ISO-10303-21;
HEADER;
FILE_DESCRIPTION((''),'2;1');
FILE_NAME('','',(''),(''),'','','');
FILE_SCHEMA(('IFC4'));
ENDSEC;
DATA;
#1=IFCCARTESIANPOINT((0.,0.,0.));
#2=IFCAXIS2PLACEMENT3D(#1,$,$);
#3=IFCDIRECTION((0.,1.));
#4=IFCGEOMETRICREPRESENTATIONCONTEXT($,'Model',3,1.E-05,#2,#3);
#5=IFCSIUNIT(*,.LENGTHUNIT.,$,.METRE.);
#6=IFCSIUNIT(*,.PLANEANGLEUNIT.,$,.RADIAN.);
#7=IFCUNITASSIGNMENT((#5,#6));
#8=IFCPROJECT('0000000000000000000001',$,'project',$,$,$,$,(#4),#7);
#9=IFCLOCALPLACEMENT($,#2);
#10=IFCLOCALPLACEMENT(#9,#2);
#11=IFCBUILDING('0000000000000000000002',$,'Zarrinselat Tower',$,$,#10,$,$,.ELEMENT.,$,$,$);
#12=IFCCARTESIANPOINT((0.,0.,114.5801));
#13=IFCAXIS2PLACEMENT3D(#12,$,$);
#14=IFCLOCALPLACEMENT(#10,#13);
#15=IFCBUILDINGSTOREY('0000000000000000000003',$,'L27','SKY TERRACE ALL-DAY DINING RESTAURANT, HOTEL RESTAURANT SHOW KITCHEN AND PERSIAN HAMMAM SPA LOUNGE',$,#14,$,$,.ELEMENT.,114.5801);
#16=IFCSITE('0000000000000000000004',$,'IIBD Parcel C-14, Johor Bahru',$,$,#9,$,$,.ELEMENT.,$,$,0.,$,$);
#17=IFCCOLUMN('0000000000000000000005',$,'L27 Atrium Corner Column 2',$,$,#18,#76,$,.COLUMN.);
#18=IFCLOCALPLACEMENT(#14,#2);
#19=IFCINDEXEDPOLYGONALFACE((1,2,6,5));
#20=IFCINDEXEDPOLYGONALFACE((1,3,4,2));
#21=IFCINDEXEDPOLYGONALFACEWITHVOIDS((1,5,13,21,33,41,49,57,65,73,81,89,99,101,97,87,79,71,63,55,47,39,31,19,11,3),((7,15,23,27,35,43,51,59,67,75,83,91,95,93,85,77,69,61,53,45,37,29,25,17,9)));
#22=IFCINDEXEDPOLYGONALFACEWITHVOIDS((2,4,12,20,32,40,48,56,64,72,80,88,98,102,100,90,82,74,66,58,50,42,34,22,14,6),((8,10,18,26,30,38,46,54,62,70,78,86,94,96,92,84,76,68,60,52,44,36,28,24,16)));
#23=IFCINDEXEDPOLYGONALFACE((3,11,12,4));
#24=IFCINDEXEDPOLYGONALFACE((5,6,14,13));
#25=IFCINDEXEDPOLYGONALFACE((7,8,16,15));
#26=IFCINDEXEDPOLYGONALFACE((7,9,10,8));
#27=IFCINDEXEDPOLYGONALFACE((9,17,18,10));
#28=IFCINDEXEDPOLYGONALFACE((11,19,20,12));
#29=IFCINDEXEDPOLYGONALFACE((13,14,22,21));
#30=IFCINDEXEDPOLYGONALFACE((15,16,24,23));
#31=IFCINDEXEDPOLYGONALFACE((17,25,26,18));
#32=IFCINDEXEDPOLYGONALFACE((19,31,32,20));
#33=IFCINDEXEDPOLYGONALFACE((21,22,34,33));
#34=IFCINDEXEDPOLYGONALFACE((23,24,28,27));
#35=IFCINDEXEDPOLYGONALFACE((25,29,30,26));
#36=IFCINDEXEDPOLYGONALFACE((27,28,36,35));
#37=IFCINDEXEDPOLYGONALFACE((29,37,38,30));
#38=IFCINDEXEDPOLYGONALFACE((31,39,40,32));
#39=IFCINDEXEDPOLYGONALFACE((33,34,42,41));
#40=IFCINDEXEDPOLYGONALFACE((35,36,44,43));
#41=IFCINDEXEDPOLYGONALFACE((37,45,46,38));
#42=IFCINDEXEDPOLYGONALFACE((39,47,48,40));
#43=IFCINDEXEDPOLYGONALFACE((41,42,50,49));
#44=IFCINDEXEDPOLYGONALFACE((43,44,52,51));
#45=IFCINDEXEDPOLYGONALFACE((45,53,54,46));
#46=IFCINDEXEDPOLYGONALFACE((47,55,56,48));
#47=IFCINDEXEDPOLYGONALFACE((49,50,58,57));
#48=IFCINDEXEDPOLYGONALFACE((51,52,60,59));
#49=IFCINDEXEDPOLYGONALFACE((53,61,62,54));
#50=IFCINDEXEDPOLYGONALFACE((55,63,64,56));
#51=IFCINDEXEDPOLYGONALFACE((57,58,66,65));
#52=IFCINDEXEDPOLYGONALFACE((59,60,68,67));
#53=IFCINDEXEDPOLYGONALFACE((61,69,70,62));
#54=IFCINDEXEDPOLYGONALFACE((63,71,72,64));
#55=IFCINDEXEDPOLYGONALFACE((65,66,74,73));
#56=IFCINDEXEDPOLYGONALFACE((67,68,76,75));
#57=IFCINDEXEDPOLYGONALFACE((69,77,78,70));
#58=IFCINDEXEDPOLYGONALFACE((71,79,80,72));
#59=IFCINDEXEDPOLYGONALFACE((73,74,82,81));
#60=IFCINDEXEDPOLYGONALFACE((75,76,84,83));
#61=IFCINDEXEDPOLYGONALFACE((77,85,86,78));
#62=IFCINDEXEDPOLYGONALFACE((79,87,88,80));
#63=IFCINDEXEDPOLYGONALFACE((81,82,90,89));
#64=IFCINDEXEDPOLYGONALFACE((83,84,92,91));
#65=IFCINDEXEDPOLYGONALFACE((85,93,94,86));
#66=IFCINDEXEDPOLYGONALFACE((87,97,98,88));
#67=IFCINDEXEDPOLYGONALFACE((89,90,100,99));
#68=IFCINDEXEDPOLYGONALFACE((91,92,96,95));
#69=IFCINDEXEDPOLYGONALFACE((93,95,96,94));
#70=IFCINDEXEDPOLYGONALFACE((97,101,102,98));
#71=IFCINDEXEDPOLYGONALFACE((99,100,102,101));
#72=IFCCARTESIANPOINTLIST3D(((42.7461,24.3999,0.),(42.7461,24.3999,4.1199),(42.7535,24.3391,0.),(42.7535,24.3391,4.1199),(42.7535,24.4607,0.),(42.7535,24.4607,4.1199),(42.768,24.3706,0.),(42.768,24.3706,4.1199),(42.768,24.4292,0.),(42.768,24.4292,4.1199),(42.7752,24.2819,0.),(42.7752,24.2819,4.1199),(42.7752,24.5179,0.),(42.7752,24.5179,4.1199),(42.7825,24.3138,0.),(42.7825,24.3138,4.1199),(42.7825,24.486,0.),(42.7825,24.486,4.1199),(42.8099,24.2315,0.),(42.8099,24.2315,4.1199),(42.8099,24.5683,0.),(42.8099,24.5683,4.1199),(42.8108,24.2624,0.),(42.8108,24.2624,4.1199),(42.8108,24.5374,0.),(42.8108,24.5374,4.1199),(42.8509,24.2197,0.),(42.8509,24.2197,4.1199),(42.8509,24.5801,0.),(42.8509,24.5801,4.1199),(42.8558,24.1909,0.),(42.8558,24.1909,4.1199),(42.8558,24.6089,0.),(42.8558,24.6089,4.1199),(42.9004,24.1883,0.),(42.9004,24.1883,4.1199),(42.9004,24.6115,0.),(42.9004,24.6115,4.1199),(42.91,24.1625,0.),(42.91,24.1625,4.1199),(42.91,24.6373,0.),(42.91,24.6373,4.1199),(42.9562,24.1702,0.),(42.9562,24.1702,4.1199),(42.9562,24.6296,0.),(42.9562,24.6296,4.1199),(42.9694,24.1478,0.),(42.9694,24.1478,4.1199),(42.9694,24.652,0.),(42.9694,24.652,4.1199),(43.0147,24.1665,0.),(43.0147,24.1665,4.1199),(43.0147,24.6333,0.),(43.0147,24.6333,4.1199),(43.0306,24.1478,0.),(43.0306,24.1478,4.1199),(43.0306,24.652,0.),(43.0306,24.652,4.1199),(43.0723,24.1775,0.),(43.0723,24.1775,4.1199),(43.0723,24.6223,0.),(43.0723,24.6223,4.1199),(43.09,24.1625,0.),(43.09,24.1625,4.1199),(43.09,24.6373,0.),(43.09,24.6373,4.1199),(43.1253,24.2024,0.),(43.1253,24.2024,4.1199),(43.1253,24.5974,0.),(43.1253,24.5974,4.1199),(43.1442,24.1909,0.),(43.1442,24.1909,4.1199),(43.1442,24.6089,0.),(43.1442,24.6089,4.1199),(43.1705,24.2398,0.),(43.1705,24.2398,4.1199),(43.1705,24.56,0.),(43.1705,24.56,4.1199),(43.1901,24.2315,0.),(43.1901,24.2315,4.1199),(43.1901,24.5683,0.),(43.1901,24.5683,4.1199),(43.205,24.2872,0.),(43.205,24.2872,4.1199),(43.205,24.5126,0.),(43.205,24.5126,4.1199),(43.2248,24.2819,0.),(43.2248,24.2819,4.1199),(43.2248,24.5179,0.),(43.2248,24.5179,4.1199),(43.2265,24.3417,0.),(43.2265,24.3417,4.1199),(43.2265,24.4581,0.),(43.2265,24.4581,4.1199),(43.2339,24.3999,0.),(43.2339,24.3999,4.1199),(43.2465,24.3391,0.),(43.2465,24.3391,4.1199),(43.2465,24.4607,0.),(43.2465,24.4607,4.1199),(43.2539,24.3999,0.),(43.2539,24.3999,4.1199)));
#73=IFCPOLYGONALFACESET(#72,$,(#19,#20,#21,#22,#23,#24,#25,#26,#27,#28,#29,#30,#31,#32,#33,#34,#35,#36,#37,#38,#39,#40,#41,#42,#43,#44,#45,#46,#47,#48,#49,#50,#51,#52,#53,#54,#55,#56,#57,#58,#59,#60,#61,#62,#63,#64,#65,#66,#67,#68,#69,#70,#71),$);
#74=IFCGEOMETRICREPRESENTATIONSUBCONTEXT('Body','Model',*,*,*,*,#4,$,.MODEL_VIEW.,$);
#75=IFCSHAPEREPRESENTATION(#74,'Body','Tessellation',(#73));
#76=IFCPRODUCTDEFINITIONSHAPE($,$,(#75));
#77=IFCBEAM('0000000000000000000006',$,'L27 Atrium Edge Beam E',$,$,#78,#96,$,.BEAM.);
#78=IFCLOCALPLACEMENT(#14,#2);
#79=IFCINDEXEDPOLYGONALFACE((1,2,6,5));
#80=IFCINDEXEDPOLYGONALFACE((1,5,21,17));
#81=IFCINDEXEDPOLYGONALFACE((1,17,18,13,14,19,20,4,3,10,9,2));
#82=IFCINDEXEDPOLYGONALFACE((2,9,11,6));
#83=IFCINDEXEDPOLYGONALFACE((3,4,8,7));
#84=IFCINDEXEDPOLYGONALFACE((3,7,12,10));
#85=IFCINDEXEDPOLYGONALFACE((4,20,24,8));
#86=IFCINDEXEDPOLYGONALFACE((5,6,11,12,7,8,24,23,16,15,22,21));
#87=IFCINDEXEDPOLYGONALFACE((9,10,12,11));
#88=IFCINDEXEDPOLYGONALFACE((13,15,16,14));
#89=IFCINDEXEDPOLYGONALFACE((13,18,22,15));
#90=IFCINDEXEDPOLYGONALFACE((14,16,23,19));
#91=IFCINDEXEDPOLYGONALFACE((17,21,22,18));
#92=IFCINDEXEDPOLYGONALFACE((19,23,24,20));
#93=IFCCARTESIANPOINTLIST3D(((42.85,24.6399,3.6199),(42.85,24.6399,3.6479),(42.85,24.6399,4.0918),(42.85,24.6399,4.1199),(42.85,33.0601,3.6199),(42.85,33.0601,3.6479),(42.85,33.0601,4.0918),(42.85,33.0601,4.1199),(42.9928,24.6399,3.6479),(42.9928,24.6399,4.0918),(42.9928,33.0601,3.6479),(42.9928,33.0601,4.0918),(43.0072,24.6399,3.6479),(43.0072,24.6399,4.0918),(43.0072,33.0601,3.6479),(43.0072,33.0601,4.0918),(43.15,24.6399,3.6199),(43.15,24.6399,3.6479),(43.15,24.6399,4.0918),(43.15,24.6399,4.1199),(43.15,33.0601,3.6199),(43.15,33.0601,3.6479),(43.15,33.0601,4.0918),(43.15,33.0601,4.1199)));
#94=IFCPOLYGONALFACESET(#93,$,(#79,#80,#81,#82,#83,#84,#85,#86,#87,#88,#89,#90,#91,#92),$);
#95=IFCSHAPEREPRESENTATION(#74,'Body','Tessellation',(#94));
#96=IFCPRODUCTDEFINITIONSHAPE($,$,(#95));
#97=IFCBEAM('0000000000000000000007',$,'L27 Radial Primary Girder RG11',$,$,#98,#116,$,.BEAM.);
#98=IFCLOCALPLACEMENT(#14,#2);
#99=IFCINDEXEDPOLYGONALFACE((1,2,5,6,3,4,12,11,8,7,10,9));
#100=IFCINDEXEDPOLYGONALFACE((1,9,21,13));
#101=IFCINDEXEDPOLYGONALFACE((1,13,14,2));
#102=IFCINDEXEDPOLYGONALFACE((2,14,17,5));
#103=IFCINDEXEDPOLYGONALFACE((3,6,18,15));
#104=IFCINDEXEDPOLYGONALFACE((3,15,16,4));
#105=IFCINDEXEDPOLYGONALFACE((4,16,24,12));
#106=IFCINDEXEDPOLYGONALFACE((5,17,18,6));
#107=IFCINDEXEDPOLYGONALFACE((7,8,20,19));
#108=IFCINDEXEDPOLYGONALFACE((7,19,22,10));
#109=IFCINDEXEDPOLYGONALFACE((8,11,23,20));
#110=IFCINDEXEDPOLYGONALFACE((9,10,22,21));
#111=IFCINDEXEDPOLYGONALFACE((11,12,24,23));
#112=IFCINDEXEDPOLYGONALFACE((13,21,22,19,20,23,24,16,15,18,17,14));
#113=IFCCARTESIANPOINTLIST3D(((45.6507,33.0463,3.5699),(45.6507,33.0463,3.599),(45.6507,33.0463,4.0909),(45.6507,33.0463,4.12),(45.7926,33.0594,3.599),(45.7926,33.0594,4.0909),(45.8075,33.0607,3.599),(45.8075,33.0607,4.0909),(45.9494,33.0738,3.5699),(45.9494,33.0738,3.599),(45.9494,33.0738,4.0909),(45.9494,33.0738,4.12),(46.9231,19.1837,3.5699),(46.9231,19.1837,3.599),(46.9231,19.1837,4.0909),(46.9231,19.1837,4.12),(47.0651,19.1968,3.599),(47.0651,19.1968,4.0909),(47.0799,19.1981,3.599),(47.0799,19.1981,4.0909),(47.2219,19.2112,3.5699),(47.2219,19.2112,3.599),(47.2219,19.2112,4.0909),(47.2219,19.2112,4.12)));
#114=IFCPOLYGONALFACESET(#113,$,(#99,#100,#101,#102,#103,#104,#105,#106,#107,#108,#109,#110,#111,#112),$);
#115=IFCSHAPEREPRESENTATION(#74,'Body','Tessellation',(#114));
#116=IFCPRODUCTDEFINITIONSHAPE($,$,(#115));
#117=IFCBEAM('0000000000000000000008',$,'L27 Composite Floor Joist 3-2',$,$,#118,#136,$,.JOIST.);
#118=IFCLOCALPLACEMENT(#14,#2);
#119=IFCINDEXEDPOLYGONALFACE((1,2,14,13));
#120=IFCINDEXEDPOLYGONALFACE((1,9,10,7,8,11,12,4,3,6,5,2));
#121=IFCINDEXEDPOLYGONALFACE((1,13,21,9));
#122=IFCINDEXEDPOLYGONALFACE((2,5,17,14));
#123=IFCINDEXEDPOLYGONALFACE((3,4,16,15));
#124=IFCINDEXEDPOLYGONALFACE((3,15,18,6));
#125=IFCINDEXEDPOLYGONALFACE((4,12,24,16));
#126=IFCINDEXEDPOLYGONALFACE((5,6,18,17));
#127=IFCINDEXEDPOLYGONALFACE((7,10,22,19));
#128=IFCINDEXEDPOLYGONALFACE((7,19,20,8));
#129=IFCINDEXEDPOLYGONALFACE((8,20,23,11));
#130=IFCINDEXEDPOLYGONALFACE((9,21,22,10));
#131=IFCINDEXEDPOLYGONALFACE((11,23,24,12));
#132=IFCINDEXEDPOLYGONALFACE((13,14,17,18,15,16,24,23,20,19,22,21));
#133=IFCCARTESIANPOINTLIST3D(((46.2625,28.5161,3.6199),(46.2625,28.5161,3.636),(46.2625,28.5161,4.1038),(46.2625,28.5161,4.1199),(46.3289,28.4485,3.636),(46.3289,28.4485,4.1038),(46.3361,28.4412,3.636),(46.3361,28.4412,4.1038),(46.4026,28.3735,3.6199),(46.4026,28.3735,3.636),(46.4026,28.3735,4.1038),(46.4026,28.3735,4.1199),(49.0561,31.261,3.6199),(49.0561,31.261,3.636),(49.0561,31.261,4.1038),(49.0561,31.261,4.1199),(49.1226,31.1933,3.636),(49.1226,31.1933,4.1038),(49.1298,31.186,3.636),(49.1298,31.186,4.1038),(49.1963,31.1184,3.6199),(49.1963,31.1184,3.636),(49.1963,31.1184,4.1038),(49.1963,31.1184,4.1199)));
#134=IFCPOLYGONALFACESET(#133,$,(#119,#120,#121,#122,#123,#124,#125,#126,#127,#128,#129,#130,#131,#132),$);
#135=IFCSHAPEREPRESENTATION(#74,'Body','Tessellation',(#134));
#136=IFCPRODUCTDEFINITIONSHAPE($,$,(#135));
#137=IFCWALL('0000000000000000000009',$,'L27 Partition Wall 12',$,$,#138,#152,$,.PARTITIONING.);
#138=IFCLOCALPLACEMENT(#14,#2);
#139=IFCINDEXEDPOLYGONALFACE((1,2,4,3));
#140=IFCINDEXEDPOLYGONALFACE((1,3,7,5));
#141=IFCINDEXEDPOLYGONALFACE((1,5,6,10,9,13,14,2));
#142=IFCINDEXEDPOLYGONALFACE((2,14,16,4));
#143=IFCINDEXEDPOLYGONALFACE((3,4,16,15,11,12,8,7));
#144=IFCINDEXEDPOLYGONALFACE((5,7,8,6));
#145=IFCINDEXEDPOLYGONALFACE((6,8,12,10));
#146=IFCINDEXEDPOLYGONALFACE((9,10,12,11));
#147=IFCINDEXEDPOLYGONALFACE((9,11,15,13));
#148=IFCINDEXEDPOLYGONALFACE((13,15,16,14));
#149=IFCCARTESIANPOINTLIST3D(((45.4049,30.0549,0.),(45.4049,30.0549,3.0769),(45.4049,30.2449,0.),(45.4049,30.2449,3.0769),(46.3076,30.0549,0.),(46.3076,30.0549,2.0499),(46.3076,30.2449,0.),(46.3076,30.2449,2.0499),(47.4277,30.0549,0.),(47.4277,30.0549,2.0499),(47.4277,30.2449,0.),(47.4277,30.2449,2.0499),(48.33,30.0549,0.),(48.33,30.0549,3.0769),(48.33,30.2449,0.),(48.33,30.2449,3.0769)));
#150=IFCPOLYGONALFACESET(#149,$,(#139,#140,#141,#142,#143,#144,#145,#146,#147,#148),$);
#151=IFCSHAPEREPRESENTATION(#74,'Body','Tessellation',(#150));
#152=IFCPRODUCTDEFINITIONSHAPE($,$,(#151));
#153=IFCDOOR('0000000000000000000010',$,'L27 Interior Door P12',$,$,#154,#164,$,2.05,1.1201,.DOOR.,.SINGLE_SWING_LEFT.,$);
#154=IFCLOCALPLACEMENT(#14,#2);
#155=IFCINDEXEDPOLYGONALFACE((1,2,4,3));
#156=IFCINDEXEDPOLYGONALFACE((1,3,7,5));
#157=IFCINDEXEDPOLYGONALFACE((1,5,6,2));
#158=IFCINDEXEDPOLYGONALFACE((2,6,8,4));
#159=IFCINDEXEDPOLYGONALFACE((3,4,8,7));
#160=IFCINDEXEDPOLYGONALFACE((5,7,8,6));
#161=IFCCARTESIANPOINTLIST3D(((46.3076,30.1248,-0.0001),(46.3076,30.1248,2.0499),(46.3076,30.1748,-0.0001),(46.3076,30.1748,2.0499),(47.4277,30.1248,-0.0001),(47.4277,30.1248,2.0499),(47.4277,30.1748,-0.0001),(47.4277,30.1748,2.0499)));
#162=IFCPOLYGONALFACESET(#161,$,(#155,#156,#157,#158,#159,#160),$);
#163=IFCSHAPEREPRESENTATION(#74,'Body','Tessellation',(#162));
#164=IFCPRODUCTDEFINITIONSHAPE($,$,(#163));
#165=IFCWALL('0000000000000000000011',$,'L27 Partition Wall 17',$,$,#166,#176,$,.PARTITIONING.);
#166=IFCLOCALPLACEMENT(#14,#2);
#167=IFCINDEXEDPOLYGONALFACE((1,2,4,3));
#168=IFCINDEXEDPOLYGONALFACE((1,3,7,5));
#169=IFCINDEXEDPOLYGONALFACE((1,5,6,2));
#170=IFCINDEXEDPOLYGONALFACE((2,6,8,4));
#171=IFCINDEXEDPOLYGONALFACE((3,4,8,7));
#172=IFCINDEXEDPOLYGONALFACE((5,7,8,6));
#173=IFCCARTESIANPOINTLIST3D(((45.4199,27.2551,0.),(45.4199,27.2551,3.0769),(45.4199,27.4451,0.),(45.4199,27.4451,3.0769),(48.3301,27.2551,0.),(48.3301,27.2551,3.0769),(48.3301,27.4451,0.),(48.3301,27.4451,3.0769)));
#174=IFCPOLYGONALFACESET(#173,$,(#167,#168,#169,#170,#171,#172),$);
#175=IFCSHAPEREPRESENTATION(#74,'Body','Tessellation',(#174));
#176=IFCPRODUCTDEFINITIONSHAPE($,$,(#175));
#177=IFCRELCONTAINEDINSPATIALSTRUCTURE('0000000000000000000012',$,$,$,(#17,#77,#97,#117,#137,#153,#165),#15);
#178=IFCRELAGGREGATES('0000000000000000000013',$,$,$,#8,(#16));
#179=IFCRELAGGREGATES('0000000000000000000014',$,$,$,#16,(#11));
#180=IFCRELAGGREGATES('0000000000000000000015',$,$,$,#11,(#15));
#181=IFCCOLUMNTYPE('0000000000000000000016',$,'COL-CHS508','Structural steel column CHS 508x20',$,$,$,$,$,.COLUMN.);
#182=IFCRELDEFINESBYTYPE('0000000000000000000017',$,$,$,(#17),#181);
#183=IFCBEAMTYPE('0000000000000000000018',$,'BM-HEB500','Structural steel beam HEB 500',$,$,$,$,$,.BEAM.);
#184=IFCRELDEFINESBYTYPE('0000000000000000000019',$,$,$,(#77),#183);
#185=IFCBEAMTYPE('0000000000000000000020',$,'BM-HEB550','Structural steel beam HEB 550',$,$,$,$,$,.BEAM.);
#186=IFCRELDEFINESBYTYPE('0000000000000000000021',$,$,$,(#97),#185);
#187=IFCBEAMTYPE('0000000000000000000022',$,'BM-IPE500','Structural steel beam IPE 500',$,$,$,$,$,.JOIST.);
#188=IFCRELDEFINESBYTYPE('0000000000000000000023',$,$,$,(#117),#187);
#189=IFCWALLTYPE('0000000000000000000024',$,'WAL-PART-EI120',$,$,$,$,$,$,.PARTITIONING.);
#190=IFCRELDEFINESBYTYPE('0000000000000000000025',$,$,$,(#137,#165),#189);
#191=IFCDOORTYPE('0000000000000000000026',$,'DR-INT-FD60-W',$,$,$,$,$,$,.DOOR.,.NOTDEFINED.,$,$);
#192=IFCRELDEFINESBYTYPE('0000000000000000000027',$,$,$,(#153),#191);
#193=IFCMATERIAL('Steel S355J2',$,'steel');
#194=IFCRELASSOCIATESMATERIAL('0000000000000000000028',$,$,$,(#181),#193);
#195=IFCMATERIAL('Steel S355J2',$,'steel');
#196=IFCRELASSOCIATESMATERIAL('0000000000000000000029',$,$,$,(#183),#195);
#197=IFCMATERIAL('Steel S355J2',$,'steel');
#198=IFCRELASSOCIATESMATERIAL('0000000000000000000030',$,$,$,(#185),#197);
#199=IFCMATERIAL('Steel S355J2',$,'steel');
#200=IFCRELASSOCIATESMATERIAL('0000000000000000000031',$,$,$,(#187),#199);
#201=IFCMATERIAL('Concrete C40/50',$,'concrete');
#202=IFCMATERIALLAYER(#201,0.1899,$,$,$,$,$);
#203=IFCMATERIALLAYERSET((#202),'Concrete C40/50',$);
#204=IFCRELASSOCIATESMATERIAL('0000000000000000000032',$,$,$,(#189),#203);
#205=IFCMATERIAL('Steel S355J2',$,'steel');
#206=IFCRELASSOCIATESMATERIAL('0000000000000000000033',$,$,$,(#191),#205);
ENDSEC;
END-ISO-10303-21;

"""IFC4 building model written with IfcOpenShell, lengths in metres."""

from ifc_helpers import new_model, si_unit, direction, frame, frame_2d, origin, origin_2d, place, context, subcontext, project, spatial, rectangle, hollow_circle, i_section, extrude, material, layer, layer_set, material_profile, profile_set, type_object, element, fill, save


model = new_model("IFC4")

# Units and contexts
model_context = context("Model", 3, precision=1e-05, world=origin(), true_north=direction((0.0, 1.0)))
body_context = subcontext(model_context, "Body", "Model", "MODEL_VIEW")
ifc_project = project(units=[si_unit("LENGTHUNIT", "METRE"), si_unit("PLANEANGLEUNIT", "RADIAN")], contexts=[model_context])

# Site, building, storey
site_placement = place(None, origin())
site = spatial("IfcSite", under=ifc_project, at=site_placement, Name="IIBD Parcel C-14, Johor Bahru", CompositionType="ELEMENT", RefElevation=0.0)
building_placement = place(site_placement, origin())
building = spatial("IfcBuilding", under=site, at=building_placement, Name="Zarrinselat Tower", CompositionType="ELEMENT")
storey_placement = place(building_placement, frame((0.0, 0.0, 114.5801)))
storey = spatial("IfcBuildingStorey", under=building, at=storey_placement, Name="L27", Description="SKY TERRACE ALL-DAY DINING RESTAURANT, HOTEL RESTAURANT SHOW KITCHEN AND PERSIAN HAMMAM SPA LOUNGE", CompositionType="ELEMENT", Elevation=114.5801)

# Column
ifc_material_1 = material(Name="Steel S355J2", Category="steel")
ifc_material_profile_1 = material_profile(ifc_material_1, hollow_circle(Radius=0.2539, WallThickness=0.02, at=origin_2d()), Name="CHS 508x20")
ifc_profile_set_1 = profile_set([ifc_material_profile_1], Name="Steel S355J2")
column_type = type_object("IfcColumnType", Name="COL-CHS508", Description="Structural steel column CHS 508x20", PredefinedType="COLUMN", material=ifc_profile_set_1)
column_placement = place(storey_placement, frame((43.0, 24.3999, 0.0), z_axis=(0.0, 0.0, 1.0), x_axis=(1.0, 0.0, 0.0)))
element("IfcColumn", 1, at=column_placement, inside=storey, type_object=column_type, Name="L27 Atrium Corner Column 2", PredefinedType="COLUMN", context=body_context, shape_type="SweptSolid", body=[
    extrude(hollow_circle(Radius=0.2539, WallThickness=0.02, at=origin_2d()), origin(), (0.0, 0.0, 1.0), 4.1199),
])

# Beams
ifc_material_2 = material(Name="Steel S355J2", Category="steel")
ifc_material_profile_2 = material_profile(ifc_material_2, i_section(OverallWidth=0.3, OverallDepth=0.5, WebThickness=0.0144, FlangeThickness=0.0281, at=origin_2d()), Name="HEB 500")
ifc_profile_set_2 = profile_set([ifc_material_profile_2], Name="Steel S355J2")
beam_type_1 = type_object("IfcBeamType", Name="BM-HEB500", Description="Structural steel beam HEB 500", PredefinedType="BEAM", material=ifc_profile_set_2)
beam_1_placement = place(storey_placement, frame((43.0, 24.6399, 3.8699), z_axis=(0.0, 1.0, 0.0), x_axis=(-1.0, 0.0, 0.0)))
element("IfcBeam", 2, at=beam_1_placement, inside=storey, type_object=beam_type_1, Name="L27 Atrium Edge Beam E", PredefinedType="BEAM", context=body_context, shape_type="SweptSolid", body=[
    extrude(i_section(OverallWidth=0.3, OverallDepth=0.5, WebThickness=0.0144, FlangeThickness=0.0281, at=origin_2d()), origin(), (0.0, 0.0, 1.0), 8.4202),
])
ifc_material_3 = material(Name="Steel S355J2", Category="steel")
ifc_material_profile_3 = material_profile(ifc_material_3, i_section(OverallWidth=0.3, OverallDepth=0.55, WebThickness=0.0149, FlangeThickness=0.0291, at=origin_2d()), Name="HEB 550")
ifc_profile_set_3 = profile_set([ifc_material_profile_3], Name="Steel S355J2")
beam_type_2 = type_object("IfcBeamType", Name="BM-HEB550", Description="Structural steel beam HEB 550", PredefinedType="BEAM", material=ifc_profile_set_3)
beam_2_placement = place(storey_placement, frame((45.8, 33.0601, 3.845), z_axis=(0.091407, -0.995814, 0.0), x_axis=(0.995814, 0.091407, 0.0)))
element("IfcBeam", 3, at=beam_2_placement, inside=storey, type_object=beam_type_2, Name="L27 Radial Primary Girder RG11", PredefinedType="BEAM", context=body_context, shape_type="SweptSolid", body=[
    extrude(i_section(OverallWidth=0.3, OverallDepth=0.55, WebThickness=0.0149, FlangeThickness=0.0291, at=origin_2d()), origin(), (0.0, 0.0, 1.0), 13.9209),
])
ifc_material_4 = material(Name="Steel S355J2", Category="steel")
ifc_material_profile_4 = material_profile(ifc_material_4, i_section(OverallWidth=0.2, OverallDepth=0.5, WebThickness=0.0103, FlangeThickness=0.0161, at=origin_2d()), Name="IPE 500")
ifc_profile_set_4 = profile_set([ifc_material_profile_4], Name="Steel S355J2")
beam_type_3 = type_object("IfcBeamType", Name="BM-IPE500", Description="Structural steel beam IPE 500", PredefinedType="JOIST", material=ifc_profile_set_4)
beam_3_placement = place(storey_placement, frame((46.3325, 28.4448, 3.8699), z_axis=(0.713313, 0.700846, 0.0), x_axis=(-0.700846, 0.713313, 0.0)))
element("IfcBeam", 4, at=beam_3_placement, inside=storey, type_object=beam_type_3, Name="L27 Composite Floor Joist 3-2", PredefinedType="JOIST", context=body_context, shape_type="SweptSolid", body=[
    extrude(i_section(OverallWidth=0.2, OverallDepth=0.5, WebThickness=0.0103, FlangeThickness=0.0161, at=origin_2d()), origin(), (0.0, 0.0, 1.0), 3.9165),
])

# Wall, opening, door
ifc_material_5 = material(Name="Concrete C40/50", Category="concrete")
ifc_layer_1 = layer(ifc_material_5, 0.1899)
ifc_layer_set_1 = layer_set([ifc_layer_1], Name="Concrete C40/50")
wall_type_1 = type_object("IfcWallType", Name="WAL-PART-EI120", PredefinedType="PARTITIONING", material=ifc_layer_set_1)
wall_1_placement = place(storey_placement, frame((45.405, 30.1499, 0.0), z_axis=(0.0, 0.0, 1.0), x_axis=(1.0, 0.0, 0.0)))
wall_1 = element("IfcWall", 5, at=wall_1_placement, inside=storey, type_object=wall_type_1, Name="L27 Partition Wall 12", PredefinedType="PARTITIONING", context=body_context, shape_type="SweptSolid", body=[
    extrude(rectangle(XDim=2.925, YDim=0.1899, at=frame_2d((1.4624, 0.0))), origin(), (0.0, 0.0, 1.0), 3.0769),
])
opening_1_placement = place(wall_1_placement, frame((0.9026, 0.0, 0.0)))
opening_1 = element("IfcOpeningElement", 6, at=opening_1_placement, cuts=wall_1, PredefinedType="OPENING", context=body_context, shape_type="SweptSolid", body=[
    extrude(rectangle(XDim=1.1201, YDim=2.05, at=frame_2d((0.5601, 1.0249))), frame((0.0, 0.105, 0.0), z_axis=(0.0, -1.0, 0.0), x_axis=(1.0, 0.0, 0.0)), (0.0, 0.0, 1.0), 0.21),
])
ifc_material_6 = material(Name="Steel S355J2", Category="steel")
door_type_1 = type_object("IfcDoorType", Name="DR-INT-FD60-W", OperationType="NOTDEFINED", PredefinedType="DOOR", material=ifc_material_6)
door_1_placement = place(opening_1_placement, origin())
door_1 = element("IfcDoor", 7, at=door_1_placement, inside=storey, type_object=door_type_1, Name="L27 Interior Door P12", OperationType="SINGLE_SWING_LEFT", OverallHeight=2.05, OverallWidth=1.1201, PredefinedType="DOOR", context=body_context, shape_type="SweptSolid", body=[
    extrude(rectangle(XDim=1.1201, YDim=2.05, at=frame_2d((0.5601, 1.0249))), frame((0.0, 0.0249, 0.0), z_axis=(0.0, -1.0, 0.0), x_axis=(1.0, 0.0, 0.0)), (0.0, 0.0, 1.0), 0.05),
])
fill(opening_1, door_1)

# Wall
wall_2_placement = place(storey_placement, frame((45.4199, 27.3501, 0.0), z_axis=(0.0, 0.0, 1.0), x_axis=(1.0, 0.0, 0.0)))
element("IfcWall", 8, at=wall_2_placement, inside=storey, type_object=wall_type_1, Name="L27 Partition Wall 17", PredefinedType="PARTITIONING", context=body_context, shape_type="SweptSolid", body=[
    extrude(rectangle(XDim=2.9102, YDim=0.1899, at=frame_2d((1.4551, 0.0))), origin(), (0.0, 0.0, 1.0), 3.0769),
])

save(model, "model.ifc")
